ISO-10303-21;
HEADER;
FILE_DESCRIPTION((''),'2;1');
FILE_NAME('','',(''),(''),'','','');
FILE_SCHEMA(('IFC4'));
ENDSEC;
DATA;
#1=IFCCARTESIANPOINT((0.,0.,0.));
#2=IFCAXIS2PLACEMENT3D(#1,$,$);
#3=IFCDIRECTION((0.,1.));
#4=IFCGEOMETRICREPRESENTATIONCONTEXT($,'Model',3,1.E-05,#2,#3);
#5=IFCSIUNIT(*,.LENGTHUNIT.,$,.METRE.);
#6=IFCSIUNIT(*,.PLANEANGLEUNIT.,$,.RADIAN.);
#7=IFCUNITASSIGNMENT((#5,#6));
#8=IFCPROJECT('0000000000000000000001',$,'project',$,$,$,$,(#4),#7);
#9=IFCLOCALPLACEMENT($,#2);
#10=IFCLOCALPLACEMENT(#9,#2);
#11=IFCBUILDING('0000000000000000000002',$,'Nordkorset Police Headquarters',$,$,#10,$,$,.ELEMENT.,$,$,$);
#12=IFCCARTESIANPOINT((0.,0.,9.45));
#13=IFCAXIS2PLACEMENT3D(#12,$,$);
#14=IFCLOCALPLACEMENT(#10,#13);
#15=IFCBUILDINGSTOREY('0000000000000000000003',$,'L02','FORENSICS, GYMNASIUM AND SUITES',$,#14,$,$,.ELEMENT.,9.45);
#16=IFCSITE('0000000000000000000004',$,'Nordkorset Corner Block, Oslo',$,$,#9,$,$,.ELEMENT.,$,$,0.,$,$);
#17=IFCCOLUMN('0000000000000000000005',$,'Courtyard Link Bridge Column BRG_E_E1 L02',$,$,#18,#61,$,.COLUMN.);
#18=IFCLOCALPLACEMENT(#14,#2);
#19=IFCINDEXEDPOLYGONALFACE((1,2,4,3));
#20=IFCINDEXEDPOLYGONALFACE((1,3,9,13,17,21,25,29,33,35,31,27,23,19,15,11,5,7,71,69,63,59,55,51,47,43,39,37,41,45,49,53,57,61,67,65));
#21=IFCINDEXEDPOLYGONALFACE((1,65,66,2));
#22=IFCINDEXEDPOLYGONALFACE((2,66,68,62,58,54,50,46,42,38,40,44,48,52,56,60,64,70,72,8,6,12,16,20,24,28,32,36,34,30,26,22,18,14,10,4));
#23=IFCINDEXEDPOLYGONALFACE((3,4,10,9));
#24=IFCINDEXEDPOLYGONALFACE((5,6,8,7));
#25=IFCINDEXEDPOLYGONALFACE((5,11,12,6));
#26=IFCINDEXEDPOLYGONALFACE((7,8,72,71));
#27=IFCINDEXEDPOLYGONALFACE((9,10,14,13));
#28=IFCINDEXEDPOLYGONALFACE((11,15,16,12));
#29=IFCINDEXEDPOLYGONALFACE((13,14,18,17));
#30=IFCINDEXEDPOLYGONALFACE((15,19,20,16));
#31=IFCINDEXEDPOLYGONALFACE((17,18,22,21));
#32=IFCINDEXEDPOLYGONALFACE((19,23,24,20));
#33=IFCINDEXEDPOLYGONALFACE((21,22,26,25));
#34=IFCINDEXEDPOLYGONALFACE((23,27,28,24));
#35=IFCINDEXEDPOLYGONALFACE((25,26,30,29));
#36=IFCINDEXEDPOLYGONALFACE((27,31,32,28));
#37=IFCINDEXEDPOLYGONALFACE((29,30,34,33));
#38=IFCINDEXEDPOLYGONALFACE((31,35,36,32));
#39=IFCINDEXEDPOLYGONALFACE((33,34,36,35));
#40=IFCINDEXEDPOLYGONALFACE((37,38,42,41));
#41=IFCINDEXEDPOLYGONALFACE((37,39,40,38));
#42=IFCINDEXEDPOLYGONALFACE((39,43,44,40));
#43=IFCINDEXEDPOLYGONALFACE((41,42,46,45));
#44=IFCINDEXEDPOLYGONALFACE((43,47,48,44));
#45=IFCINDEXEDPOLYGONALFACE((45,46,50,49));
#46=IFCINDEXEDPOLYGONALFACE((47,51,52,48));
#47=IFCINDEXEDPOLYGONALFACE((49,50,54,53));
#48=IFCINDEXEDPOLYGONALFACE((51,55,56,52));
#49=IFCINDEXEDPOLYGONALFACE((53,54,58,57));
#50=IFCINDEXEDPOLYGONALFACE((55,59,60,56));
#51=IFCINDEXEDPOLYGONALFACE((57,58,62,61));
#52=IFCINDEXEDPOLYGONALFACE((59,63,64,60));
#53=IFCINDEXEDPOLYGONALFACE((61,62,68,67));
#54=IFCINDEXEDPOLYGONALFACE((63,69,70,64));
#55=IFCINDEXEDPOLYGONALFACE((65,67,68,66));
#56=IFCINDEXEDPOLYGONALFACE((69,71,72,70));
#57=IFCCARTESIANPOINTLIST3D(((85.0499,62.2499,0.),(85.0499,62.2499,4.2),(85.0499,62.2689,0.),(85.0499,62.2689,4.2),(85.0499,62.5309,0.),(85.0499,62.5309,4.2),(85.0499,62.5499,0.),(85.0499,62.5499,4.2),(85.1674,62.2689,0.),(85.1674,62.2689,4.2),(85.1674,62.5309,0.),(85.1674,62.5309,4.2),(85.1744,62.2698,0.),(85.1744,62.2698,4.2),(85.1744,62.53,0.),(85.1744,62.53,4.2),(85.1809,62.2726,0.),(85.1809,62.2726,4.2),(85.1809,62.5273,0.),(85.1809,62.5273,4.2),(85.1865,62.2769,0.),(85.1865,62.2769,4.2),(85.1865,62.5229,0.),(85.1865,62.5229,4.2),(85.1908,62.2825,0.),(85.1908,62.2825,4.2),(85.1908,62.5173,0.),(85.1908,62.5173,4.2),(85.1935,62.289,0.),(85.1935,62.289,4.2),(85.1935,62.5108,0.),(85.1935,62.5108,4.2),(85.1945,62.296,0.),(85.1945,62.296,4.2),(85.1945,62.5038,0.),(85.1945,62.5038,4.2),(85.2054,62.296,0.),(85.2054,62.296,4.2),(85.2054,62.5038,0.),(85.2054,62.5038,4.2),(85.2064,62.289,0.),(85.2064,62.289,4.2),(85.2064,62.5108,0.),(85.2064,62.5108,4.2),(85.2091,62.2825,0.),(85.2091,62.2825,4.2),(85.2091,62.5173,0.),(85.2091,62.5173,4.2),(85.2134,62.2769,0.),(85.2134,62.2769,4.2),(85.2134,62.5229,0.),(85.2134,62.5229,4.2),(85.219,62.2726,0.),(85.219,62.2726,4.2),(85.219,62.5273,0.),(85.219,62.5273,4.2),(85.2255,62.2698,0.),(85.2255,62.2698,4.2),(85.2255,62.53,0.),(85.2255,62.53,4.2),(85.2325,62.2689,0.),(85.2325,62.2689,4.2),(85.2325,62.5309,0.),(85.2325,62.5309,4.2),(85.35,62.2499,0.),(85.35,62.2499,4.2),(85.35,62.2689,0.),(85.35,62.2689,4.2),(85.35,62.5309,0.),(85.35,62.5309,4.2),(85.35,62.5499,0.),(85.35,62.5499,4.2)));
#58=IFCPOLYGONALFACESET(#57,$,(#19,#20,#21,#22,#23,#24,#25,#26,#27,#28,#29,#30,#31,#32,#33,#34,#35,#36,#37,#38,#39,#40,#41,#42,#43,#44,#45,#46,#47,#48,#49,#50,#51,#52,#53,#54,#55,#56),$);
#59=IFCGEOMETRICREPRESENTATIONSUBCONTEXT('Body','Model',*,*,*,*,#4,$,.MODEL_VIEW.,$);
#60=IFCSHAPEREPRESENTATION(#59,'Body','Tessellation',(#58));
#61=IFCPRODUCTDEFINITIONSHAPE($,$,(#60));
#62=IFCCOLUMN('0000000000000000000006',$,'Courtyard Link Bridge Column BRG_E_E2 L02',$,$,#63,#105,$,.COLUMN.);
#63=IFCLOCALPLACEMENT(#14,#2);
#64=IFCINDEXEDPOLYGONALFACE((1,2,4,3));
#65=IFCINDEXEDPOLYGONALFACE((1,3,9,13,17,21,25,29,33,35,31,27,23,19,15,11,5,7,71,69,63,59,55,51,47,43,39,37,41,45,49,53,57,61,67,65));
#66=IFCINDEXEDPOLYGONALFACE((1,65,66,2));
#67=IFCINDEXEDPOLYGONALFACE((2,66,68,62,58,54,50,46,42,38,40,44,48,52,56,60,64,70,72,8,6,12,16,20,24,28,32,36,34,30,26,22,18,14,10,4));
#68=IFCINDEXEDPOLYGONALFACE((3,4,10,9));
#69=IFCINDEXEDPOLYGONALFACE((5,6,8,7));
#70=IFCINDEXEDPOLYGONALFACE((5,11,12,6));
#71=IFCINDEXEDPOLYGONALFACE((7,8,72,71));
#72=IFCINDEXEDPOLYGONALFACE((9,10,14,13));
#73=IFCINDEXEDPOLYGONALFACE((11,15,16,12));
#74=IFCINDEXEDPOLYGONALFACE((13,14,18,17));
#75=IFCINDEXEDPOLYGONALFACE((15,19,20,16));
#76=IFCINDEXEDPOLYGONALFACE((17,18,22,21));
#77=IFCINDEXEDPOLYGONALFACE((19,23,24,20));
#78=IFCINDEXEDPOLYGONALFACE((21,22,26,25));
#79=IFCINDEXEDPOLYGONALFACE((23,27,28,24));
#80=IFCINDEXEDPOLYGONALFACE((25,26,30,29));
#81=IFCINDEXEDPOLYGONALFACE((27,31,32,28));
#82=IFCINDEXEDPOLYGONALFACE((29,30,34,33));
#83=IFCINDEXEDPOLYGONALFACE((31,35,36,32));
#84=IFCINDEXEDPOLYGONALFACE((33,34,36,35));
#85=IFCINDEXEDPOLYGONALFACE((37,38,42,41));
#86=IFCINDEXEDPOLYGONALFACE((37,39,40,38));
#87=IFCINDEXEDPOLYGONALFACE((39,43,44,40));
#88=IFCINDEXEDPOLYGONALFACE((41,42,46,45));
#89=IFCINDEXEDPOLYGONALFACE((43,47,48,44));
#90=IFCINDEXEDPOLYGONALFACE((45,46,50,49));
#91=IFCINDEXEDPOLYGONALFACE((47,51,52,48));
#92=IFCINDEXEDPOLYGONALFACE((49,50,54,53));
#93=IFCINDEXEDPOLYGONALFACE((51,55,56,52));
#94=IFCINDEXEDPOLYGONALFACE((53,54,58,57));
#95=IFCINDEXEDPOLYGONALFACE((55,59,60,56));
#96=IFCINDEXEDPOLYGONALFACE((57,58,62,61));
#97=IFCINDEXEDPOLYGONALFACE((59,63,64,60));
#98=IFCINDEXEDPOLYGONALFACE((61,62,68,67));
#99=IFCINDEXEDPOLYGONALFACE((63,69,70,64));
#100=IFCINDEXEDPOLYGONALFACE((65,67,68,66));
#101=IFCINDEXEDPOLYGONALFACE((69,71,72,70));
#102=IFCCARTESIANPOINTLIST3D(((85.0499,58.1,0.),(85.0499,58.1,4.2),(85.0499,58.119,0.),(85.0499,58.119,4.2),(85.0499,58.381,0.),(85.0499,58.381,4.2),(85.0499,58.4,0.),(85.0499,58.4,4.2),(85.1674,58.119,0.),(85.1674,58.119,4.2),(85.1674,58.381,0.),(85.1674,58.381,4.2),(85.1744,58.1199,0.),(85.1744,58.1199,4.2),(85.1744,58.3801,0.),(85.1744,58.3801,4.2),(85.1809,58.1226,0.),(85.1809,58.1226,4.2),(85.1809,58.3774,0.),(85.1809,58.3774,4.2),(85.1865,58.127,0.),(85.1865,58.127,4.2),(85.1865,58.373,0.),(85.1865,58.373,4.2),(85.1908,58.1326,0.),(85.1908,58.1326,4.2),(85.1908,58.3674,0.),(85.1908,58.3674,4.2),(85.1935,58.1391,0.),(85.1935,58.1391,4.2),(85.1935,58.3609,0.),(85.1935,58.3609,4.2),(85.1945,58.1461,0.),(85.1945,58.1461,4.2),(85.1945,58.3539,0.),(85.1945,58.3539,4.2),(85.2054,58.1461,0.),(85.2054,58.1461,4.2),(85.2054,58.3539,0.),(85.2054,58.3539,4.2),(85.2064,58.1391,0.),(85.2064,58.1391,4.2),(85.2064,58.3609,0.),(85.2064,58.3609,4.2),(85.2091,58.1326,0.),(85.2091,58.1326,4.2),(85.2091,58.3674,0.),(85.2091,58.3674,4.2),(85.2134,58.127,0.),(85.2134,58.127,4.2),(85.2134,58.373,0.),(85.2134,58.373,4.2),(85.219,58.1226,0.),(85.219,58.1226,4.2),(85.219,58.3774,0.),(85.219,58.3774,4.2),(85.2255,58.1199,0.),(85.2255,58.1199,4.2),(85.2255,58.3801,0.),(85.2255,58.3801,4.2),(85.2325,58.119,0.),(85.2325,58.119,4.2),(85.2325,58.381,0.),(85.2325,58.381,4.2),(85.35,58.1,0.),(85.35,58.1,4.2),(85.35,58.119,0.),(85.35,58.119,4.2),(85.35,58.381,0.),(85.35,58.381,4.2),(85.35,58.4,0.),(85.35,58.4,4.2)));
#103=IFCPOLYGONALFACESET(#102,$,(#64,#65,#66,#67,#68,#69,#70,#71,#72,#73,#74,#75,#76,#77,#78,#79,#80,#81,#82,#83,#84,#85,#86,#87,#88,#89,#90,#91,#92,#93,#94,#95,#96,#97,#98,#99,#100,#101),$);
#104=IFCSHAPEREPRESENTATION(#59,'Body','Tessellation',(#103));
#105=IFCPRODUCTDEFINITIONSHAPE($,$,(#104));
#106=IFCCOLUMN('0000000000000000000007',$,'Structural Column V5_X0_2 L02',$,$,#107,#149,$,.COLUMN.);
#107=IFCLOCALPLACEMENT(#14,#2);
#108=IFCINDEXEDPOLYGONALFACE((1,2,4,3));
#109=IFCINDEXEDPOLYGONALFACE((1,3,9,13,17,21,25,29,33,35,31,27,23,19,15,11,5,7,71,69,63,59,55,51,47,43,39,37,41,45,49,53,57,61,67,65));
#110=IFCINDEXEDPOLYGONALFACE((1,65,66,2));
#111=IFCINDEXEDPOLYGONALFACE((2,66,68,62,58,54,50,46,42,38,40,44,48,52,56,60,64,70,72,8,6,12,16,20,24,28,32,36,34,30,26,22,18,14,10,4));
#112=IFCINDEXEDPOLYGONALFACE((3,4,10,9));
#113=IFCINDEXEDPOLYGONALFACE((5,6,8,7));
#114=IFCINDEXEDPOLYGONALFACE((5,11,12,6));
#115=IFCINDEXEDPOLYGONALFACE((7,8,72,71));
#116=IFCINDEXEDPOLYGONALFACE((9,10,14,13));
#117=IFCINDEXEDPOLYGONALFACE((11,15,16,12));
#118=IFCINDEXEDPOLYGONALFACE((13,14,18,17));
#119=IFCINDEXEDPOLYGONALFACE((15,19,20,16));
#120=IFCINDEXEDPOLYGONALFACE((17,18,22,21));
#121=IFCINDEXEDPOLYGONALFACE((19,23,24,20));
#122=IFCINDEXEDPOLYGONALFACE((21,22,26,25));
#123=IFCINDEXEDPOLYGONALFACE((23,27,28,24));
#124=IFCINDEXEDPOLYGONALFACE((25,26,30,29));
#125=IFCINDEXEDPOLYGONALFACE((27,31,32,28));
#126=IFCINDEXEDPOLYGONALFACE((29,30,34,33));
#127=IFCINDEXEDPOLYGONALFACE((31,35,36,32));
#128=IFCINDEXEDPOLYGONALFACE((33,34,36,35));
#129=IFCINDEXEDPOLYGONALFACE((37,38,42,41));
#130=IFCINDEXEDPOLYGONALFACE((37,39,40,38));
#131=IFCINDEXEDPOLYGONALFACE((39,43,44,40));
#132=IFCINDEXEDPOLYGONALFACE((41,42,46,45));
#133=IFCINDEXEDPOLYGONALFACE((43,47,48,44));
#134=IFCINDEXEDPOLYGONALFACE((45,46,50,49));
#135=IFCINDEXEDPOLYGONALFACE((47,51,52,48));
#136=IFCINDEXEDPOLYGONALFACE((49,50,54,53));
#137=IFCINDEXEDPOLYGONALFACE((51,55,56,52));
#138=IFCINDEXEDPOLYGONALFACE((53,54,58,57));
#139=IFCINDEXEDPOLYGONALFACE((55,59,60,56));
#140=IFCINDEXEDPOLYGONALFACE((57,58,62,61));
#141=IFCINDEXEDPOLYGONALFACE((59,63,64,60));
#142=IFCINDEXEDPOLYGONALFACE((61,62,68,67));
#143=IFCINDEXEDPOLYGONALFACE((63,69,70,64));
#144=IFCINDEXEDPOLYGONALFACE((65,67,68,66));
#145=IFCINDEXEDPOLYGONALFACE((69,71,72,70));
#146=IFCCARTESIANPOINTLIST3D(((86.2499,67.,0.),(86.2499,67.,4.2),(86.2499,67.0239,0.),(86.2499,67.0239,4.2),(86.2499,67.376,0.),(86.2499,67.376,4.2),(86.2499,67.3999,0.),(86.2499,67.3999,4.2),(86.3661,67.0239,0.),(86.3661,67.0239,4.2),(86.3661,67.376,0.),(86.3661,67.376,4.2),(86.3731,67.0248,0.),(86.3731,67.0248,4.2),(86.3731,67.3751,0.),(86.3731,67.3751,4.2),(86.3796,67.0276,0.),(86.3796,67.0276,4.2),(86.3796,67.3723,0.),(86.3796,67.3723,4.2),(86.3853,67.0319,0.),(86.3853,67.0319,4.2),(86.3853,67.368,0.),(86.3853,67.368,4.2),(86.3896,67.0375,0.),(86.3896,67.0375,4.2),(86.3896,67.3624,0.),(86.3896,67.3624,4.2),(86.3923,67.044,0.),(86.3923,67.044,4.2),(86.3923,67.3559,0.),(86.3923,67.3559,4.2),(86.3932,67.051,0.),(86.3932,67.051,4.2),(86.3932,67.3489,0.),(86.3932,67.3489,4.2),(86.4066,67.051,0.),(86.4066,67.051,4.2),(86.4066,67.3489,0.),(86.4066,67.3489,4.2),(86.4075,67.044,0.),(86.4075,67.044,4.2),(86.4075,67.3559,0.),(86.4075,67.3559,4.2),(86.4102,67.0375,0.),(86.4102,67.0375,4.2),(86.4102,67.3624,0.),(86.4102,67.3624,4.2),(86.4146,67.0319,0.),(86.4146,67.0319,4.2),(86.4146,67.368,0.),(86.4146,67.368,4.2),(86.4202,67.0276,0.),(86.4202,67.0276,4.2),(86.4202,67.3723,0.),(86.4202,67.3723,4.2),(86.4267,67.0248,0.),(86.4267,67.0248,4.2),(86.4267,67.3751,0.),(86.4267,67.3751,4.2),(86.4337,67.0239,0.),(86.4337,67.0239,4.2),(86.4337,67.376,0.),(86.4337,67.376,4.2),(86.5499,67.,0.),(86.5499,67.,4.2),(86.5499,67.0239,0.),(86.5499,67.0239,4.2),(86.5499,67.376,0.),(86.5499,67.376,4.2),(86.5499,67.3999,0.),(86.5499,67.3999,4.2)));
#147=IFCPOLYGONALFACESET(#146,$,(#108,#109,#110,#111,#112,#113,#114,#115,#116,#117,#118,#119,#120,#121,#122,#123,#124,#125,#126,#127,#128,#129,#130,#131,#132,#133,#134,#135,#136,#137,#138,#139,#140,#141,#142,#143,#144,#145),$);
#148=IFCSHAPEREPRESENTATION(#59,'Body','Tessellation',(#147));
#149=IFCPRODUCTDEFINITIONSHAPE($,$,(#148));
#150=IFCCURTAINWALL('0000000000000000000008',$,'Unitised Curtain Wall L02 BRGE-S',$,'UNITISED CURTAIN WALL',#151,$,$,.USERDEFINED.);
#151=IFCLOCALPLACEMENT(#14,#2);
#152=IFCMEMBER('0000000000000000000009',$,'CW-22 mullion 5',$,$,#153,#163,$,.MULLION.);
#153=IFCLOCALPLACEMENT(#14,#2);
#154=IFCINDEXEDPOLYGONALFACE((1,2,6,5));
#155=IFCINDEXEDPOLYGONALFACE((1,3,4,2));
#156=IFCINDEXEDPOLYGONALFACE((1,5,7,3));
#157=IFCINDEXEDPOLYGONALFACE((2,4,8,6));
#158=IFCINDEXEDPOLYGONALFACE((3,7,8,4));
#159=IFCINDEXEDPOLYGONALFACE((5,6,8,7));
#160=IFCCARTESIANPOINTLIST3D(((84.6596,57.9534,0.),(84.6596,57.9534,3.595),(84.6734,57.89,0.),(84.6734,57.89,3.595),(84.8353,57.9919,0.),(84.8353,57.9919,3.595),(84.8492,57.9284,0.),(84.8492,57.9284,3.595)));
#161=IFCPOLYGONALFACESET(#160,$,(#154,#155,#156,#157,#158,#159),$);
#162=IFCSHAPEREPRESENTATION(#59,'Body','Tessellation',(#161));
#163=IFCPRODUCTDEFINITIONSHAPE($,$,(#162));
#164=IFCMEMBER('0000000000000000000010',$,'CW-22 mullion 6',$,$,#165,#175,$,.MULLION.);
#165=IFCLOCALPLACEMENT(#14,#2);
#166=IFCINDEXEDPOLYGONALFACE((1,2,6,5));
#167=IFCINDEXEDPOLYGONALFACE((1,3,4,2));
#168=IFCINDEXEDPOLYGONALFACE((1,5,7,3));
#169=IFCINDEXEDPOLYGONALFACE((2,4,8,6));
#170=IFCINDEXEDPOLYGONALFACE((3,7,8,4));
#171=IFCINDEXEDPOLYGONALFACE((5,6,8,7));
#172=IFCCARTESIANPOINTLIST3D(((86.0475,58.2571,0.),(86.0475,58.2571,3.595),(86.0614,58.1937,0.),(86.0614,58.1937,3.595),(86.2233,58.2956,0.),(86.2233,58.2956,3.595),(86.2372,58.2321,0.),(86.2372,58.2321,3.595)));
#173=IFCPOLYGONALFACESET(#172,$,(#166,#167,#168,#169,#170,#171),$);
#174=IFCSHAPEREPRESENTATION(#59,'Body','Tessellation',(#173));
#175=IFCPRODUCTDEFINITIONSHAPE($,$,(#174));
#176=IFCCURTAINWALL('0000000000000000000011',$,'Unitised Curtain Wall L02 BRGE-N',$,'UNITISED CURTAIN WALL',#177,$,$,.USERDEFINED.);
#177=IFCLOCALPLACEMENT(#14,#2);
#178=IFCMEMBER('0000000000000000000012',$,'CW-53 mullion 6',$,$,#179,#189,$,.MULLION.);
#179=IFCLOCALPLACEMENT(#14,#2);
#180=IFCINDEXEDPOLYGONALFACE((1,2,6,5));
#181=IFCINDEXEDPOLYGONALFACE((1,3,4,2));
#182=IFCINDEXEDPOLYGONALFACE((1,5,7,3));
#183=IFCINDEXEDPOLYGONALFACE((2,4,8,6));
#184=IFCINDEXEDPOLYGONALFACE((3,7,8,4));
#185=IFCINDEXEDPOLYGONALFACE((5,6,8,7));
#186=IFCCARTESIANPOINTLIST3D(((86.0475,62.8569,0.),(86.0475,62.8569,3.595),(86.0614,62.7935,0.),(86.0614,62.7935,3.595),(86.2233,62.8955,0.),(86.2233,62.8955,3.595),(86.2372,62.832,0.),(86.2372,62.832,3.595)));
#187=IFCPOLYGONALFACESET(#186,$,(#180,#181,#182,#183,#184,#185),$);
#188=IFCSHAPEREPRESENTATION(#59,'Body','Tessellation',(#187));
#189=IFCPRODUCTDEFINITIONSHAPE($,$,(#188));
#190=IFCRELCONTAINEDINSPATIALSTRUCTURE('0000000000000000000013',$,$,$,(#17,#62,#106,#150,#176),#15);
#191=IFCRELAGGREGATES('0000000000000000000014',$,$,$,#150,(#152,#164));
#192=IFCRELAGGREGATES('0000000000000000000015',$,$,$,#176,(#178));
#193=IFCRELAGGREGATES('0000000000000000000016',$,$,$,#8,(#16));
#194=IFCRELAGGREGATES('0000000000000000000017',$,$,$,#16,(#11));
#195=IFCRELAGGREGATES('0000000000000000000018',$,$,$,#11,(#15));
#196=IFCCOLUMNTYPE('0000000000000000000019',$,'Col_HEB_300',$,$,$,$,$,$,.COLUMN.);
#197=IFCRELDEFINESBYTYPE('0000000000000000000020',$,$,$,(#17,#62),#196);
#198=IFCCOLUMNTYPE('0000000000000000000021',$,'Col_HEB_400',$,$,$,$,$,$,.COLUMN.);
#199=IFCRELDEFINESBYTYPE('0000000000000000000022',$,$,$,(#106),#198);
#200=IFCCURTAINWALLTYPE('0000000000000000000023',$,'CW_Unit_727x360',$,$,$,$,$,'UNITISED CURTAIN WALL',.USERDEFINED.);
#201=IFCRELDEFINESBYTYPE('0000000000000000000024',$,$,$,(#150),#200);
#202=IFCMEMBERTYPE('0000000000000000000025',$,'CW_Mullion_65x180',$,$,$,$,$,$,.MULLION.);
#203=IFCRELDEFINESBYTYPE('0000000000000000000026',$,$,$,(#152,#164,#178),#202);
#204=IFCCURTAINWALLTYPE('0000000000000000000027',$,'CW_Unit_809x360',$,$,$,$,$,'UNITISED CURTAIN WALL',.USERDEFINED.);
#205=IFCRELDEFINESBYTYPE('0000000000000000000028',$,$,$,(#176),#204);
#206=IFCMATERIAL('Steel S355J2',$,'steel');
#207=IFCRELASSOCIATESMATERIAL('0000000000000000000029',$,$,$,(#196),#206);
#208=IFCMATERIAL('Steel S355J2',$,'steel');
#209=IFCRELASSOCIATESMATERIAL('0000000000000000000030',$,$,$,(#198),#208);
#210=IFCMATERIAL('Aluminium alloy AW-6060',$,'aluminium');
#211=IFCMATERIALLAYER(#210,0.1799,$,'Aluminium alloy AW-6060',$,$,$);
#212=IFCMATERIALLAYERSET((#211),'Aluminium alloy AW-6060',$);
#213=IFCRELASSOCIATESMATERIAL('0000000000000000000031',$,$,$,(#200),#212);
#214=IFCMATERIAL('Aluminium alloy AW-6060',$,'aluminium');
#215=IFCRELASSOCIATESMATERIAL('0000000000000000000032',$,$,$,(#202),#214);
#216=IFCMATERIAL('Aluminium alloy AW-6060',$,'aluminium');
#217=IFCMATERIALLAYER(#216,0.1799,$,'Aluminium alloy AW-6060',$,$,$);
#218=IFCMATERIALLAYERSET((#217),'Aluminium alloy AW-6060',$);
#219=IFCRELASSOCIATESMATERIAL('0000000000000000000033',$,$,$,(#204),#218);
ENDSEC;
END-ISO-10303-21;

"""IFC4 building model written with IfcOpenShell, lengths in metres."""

from ifc_helpers import new_model, si_unit, direction, frame, origin, origin_2d, place, context, subcontext, project, spatial, rectangle, i_section, extrude, material, layer, layer_set, material_profile, profile_set, type_object, element, aggregate, save


model = new_model("IFC4")

# Units and contexts
model_context = context("Model", 3, precision=1e-05, world=origin(), true_north=direction((0.0, 1.0)))
body_context = subcontext(model_context, "Body", "Model", "MODEL_VIEW")
ifc_project = project(units=[si_unit("LENGTHUNIT", "METRE"), si_unit("PLANEANGLEUNIT", "RADIAN")], contexts=[model_context])

# Site, building, storey
site_placement = place(None, origin())
site = spatial("IfcSite", under=ifc_project, at=site_placement, Name="Nordkorset Corner Block, Oslo", CompositionType="ELEMENT", RefElevation=0.0)
building_placement = place(site_placement, origin())
building = spatial("IfcBuilding", under=site, at=building_placement, Name="Nordkorset Police Headquarters", CompositionType="ELEMENT")
storey_placement = place(building_placement, frame((0.0, 0.0, 9.45)))
storey = spatial("IfcBuildingStorey", under=building, at=storey_placement, Name="L02", Description="FORENSICS, GYMNASIUM AND SUITES", CompositionType="ELEMENT", Elevation=9.45)

# Columns
ifc_material_1 = material(Name="Steel S355J2", Category="steel")
ifc_material_profile_1 = material_profile(ifc_material_1, i_section(OverallWidth=0.3, OverallDepth=0.3, WebThickness=0.011, FlangeThickness=0.019, FilletRadius=0.0271, at=origin_2d()), Name="HEB 300")
ifc_profile_set_1 = profile_set([ifc_material_profile_1], Name="Steel S355J2")
column_type_1 = type_object("IfcColumnType", Name="Col_HEB_300", PredefinedType="COLUMN", material=ifc_profile_set_1)
for number, where, z_axis, x_axis, name in (
    (1, (85.2, 62.3999, 0.0), (0.0, 0.0, 1.0), (1.0, 0.0, 0.0), "Courtyard Link Bridge Column BRG_E_E1 L02"),
    (2, (85.2, 58.25, 0.0), (0.0, 0.0, 1.0), (1.0, 0.0, 0.0), "Courtyard Link Bridge Column BRG_E_E2 L02"),
):
    element("IfcColumn", number, at=place(storey_placement, frame(where, z_axis=z_axis, x_axis=x_axis)), inside=storey, type_object=column_type_1, Name=name, PredefinedType="COLUMN", context=body_context, shape_type="SweptSolid", body=[
        extrude(i_section(OverallWidth=0.3, OverallDepth=0.3, WebThickness=0.011, FlangeThickness=0.019, FilletRadius=0.0271, at=origin_2d()), origin(), (0.0, 0.0, 1.0), 4.2),
    ])
ifc_material_2 = material(Name="Steel S355J2", Category="steel")
ifc_material_profile_2 = material_profile(ifc_material_2, i_section(OverallWidth=0.3, OverallDepth=0.3999, WebThickness=0.0134, FlangeThickness=0.0239, FilletRadius=0.0271, at=origin_2d()), Name="HEB 400")
ifc_profile_set_2 = profile_set([ifc_material_profile_2], Name="Steel S355J2")
column_type_2 = type_object("IfcColumnType", Name="Col_HEB_400", PredefinedType="COLUMN", material=ifc_profile_set_2)
column_placement = place(storey_placement, frame((86.3999, 67.2, 0.0), z_axis=(0.0, 0.0, 1.0), x_axis=(1.0, 0.0, 0.0)))
element("IfcColumn", 3, at=column_placement, inside=storey, type_object=column_type_2, Name="Structural Column V5_X0_2 L02", PredefinedType="COLUMN", context=body_context, shape_type="SweptSolid", body=[
    extrude(i_section(OverallWidth=0.3, OverallDepth=0.3999, WebThickness=0.0134, FlangeThickness=0.0239, FilletRadius=0.0271, at=origin_2d()), origin(), (0.0, 0.0, 1.0), 4.2),
])

# Curtain wall, members
ifc_material_3 = material(Name="Aluminium alloy AW-6060", Category="aluminium")
ifc_layer_1 = layer(ifc_material_3, 0.1799, Name="Aluminium alloy AW-6060")
ifc_layer_set_1 = layer_set([ifc_layer_1], Name="Aluminium alloy AW-6060")
curtain_wall_type_1 = type_object("IfcCurtainWallType", Name="CW_Unit_727x360", ElementType="UNITISED CURTAIN WALL", PredefinedType="USERDEFINED", material=ifc_layer_set_1)
curtain_wall_1_placement = place(storey_placement, origin())
curtain_wall_1 = element("IfcCurtainWall", 4, at=curtain_wall_1_placement, inside=storey, type_object=curtain_wall_type_1, Name="Unitised Curtain Wall L02 BRGE-S", ObjectType="UNITISED CURTAIN WALL", PredefinedType="USERDEFINED")
ifc_material_4 = material(Name="Aluminium alloy AW-6060", Category="aluminium")
ifc_material_profile_3 = material_profile(ifc_material_4, rectangle(XDim=0.0649, YDim=0.1799, at=origin_2d()), Name="ALU MULL 65x180")
ifc_profile_set_3 = profile_set([ifc_material_profile_3], Name="Aluminium alloy AW-6060")
member_type_1 = type_object("IfcMemberType", Name="CW_Mullion_65x180", PredefinedType="MULLION", material=ifc_profile_set_3)
member_1_placement = place(storey_placement, frame((84.7544, 57.9409, 0.0), z_axis=(0.0, 0.0, 1.0), x_axis=(-0.213737, 0.976891, 0.0)))
member_1 = element("IfcMember", 5, at=member_1_placement, type_object=member_type_1, Name="CW-22 mullion 5", PredefinedType="MULLION", context=body_context, shape_type="SweptSolid", body=[
    extrude(rectangle(XDim=0.0649, YDim=0.1799, at=origin_2d()), origin(), (0.0, 0.0, 1.0), 3.595),
])
member_2_placement = place(storey_placement, frame((86.1423, 58.2446, 0.0), z_axis=(0.0, 0.0, 1.0), x_axis=(-0.213737, 0.976891, 0.0)))
member_2 = element("IfcMember", 6, at=member_2_placement, type_object=member_type_1, Name="CW-22 mullion 6", PredefinedType="MULLION", context=body_context, shape_type="SweptSolid", body=[
    extrude(rectangle(XDim=0.0649, YDim=0.1799, at=origin_2d()), origin(), (0.0, 0.0, 1.0), 3.595),
])

# Curtain wall, member
ifc_material_5 = material(Name="Aluminium alloy AW-6060", Category="aluminium")
ifc_layer_2 = layer(ifc_material_5, 0.1799, Name="Aluminium alloy AW-6060")
ifc_layer_set_2 = layer_set([ifc_layer_2], Name="Aluminium alloy AW-6060")
curtain_wall_type_2 = type_object("IfcCurtainWallType", Name="CW_Unit_809x360", ElementType="UNITISED CURTAIN WALL", PredefinedType="USERDEFINED", material=ifc_layer_set_2)
curtain_wall_2_placement = place(storey_placement, origin())
curtain_wall_2 = element("IfcCurtainWall", 7, at=curtain_wall_2_placement, inside=storey, type_object=curtain_wall_type_2, Name="Unitised Curtain Wall L02 BRGE-N", ObjectType="UNITISED CURTAIN WALL", PredefinedType="USERDEFINED")
member_3_placement = place(storey_placement, frame((86.1423, 62.8445, 0.0), z_axis=(0.0, 0.0, 1.0), x_axis=(-0.214298, 0.976768, 0.0)))
member_3 = element("IfcMember", 8, at=member_3_placement, type_object=member_type_1, Name="CW-53 mullion 6", PredefinedType="MULLION", context=body_context, shape_type="SweptSolid", body=[
    extrude(rectangle(XDim=0.0649, YDim=0.1799, at=origin_2d()), origin(), (0.0, 0.0, 1.0), 3.595),
])

aggregate(curtain_wall_1, [member_1, member_2])
aggregate(curtain_wall_2, [member_3])

save(model, "model.ifc")
